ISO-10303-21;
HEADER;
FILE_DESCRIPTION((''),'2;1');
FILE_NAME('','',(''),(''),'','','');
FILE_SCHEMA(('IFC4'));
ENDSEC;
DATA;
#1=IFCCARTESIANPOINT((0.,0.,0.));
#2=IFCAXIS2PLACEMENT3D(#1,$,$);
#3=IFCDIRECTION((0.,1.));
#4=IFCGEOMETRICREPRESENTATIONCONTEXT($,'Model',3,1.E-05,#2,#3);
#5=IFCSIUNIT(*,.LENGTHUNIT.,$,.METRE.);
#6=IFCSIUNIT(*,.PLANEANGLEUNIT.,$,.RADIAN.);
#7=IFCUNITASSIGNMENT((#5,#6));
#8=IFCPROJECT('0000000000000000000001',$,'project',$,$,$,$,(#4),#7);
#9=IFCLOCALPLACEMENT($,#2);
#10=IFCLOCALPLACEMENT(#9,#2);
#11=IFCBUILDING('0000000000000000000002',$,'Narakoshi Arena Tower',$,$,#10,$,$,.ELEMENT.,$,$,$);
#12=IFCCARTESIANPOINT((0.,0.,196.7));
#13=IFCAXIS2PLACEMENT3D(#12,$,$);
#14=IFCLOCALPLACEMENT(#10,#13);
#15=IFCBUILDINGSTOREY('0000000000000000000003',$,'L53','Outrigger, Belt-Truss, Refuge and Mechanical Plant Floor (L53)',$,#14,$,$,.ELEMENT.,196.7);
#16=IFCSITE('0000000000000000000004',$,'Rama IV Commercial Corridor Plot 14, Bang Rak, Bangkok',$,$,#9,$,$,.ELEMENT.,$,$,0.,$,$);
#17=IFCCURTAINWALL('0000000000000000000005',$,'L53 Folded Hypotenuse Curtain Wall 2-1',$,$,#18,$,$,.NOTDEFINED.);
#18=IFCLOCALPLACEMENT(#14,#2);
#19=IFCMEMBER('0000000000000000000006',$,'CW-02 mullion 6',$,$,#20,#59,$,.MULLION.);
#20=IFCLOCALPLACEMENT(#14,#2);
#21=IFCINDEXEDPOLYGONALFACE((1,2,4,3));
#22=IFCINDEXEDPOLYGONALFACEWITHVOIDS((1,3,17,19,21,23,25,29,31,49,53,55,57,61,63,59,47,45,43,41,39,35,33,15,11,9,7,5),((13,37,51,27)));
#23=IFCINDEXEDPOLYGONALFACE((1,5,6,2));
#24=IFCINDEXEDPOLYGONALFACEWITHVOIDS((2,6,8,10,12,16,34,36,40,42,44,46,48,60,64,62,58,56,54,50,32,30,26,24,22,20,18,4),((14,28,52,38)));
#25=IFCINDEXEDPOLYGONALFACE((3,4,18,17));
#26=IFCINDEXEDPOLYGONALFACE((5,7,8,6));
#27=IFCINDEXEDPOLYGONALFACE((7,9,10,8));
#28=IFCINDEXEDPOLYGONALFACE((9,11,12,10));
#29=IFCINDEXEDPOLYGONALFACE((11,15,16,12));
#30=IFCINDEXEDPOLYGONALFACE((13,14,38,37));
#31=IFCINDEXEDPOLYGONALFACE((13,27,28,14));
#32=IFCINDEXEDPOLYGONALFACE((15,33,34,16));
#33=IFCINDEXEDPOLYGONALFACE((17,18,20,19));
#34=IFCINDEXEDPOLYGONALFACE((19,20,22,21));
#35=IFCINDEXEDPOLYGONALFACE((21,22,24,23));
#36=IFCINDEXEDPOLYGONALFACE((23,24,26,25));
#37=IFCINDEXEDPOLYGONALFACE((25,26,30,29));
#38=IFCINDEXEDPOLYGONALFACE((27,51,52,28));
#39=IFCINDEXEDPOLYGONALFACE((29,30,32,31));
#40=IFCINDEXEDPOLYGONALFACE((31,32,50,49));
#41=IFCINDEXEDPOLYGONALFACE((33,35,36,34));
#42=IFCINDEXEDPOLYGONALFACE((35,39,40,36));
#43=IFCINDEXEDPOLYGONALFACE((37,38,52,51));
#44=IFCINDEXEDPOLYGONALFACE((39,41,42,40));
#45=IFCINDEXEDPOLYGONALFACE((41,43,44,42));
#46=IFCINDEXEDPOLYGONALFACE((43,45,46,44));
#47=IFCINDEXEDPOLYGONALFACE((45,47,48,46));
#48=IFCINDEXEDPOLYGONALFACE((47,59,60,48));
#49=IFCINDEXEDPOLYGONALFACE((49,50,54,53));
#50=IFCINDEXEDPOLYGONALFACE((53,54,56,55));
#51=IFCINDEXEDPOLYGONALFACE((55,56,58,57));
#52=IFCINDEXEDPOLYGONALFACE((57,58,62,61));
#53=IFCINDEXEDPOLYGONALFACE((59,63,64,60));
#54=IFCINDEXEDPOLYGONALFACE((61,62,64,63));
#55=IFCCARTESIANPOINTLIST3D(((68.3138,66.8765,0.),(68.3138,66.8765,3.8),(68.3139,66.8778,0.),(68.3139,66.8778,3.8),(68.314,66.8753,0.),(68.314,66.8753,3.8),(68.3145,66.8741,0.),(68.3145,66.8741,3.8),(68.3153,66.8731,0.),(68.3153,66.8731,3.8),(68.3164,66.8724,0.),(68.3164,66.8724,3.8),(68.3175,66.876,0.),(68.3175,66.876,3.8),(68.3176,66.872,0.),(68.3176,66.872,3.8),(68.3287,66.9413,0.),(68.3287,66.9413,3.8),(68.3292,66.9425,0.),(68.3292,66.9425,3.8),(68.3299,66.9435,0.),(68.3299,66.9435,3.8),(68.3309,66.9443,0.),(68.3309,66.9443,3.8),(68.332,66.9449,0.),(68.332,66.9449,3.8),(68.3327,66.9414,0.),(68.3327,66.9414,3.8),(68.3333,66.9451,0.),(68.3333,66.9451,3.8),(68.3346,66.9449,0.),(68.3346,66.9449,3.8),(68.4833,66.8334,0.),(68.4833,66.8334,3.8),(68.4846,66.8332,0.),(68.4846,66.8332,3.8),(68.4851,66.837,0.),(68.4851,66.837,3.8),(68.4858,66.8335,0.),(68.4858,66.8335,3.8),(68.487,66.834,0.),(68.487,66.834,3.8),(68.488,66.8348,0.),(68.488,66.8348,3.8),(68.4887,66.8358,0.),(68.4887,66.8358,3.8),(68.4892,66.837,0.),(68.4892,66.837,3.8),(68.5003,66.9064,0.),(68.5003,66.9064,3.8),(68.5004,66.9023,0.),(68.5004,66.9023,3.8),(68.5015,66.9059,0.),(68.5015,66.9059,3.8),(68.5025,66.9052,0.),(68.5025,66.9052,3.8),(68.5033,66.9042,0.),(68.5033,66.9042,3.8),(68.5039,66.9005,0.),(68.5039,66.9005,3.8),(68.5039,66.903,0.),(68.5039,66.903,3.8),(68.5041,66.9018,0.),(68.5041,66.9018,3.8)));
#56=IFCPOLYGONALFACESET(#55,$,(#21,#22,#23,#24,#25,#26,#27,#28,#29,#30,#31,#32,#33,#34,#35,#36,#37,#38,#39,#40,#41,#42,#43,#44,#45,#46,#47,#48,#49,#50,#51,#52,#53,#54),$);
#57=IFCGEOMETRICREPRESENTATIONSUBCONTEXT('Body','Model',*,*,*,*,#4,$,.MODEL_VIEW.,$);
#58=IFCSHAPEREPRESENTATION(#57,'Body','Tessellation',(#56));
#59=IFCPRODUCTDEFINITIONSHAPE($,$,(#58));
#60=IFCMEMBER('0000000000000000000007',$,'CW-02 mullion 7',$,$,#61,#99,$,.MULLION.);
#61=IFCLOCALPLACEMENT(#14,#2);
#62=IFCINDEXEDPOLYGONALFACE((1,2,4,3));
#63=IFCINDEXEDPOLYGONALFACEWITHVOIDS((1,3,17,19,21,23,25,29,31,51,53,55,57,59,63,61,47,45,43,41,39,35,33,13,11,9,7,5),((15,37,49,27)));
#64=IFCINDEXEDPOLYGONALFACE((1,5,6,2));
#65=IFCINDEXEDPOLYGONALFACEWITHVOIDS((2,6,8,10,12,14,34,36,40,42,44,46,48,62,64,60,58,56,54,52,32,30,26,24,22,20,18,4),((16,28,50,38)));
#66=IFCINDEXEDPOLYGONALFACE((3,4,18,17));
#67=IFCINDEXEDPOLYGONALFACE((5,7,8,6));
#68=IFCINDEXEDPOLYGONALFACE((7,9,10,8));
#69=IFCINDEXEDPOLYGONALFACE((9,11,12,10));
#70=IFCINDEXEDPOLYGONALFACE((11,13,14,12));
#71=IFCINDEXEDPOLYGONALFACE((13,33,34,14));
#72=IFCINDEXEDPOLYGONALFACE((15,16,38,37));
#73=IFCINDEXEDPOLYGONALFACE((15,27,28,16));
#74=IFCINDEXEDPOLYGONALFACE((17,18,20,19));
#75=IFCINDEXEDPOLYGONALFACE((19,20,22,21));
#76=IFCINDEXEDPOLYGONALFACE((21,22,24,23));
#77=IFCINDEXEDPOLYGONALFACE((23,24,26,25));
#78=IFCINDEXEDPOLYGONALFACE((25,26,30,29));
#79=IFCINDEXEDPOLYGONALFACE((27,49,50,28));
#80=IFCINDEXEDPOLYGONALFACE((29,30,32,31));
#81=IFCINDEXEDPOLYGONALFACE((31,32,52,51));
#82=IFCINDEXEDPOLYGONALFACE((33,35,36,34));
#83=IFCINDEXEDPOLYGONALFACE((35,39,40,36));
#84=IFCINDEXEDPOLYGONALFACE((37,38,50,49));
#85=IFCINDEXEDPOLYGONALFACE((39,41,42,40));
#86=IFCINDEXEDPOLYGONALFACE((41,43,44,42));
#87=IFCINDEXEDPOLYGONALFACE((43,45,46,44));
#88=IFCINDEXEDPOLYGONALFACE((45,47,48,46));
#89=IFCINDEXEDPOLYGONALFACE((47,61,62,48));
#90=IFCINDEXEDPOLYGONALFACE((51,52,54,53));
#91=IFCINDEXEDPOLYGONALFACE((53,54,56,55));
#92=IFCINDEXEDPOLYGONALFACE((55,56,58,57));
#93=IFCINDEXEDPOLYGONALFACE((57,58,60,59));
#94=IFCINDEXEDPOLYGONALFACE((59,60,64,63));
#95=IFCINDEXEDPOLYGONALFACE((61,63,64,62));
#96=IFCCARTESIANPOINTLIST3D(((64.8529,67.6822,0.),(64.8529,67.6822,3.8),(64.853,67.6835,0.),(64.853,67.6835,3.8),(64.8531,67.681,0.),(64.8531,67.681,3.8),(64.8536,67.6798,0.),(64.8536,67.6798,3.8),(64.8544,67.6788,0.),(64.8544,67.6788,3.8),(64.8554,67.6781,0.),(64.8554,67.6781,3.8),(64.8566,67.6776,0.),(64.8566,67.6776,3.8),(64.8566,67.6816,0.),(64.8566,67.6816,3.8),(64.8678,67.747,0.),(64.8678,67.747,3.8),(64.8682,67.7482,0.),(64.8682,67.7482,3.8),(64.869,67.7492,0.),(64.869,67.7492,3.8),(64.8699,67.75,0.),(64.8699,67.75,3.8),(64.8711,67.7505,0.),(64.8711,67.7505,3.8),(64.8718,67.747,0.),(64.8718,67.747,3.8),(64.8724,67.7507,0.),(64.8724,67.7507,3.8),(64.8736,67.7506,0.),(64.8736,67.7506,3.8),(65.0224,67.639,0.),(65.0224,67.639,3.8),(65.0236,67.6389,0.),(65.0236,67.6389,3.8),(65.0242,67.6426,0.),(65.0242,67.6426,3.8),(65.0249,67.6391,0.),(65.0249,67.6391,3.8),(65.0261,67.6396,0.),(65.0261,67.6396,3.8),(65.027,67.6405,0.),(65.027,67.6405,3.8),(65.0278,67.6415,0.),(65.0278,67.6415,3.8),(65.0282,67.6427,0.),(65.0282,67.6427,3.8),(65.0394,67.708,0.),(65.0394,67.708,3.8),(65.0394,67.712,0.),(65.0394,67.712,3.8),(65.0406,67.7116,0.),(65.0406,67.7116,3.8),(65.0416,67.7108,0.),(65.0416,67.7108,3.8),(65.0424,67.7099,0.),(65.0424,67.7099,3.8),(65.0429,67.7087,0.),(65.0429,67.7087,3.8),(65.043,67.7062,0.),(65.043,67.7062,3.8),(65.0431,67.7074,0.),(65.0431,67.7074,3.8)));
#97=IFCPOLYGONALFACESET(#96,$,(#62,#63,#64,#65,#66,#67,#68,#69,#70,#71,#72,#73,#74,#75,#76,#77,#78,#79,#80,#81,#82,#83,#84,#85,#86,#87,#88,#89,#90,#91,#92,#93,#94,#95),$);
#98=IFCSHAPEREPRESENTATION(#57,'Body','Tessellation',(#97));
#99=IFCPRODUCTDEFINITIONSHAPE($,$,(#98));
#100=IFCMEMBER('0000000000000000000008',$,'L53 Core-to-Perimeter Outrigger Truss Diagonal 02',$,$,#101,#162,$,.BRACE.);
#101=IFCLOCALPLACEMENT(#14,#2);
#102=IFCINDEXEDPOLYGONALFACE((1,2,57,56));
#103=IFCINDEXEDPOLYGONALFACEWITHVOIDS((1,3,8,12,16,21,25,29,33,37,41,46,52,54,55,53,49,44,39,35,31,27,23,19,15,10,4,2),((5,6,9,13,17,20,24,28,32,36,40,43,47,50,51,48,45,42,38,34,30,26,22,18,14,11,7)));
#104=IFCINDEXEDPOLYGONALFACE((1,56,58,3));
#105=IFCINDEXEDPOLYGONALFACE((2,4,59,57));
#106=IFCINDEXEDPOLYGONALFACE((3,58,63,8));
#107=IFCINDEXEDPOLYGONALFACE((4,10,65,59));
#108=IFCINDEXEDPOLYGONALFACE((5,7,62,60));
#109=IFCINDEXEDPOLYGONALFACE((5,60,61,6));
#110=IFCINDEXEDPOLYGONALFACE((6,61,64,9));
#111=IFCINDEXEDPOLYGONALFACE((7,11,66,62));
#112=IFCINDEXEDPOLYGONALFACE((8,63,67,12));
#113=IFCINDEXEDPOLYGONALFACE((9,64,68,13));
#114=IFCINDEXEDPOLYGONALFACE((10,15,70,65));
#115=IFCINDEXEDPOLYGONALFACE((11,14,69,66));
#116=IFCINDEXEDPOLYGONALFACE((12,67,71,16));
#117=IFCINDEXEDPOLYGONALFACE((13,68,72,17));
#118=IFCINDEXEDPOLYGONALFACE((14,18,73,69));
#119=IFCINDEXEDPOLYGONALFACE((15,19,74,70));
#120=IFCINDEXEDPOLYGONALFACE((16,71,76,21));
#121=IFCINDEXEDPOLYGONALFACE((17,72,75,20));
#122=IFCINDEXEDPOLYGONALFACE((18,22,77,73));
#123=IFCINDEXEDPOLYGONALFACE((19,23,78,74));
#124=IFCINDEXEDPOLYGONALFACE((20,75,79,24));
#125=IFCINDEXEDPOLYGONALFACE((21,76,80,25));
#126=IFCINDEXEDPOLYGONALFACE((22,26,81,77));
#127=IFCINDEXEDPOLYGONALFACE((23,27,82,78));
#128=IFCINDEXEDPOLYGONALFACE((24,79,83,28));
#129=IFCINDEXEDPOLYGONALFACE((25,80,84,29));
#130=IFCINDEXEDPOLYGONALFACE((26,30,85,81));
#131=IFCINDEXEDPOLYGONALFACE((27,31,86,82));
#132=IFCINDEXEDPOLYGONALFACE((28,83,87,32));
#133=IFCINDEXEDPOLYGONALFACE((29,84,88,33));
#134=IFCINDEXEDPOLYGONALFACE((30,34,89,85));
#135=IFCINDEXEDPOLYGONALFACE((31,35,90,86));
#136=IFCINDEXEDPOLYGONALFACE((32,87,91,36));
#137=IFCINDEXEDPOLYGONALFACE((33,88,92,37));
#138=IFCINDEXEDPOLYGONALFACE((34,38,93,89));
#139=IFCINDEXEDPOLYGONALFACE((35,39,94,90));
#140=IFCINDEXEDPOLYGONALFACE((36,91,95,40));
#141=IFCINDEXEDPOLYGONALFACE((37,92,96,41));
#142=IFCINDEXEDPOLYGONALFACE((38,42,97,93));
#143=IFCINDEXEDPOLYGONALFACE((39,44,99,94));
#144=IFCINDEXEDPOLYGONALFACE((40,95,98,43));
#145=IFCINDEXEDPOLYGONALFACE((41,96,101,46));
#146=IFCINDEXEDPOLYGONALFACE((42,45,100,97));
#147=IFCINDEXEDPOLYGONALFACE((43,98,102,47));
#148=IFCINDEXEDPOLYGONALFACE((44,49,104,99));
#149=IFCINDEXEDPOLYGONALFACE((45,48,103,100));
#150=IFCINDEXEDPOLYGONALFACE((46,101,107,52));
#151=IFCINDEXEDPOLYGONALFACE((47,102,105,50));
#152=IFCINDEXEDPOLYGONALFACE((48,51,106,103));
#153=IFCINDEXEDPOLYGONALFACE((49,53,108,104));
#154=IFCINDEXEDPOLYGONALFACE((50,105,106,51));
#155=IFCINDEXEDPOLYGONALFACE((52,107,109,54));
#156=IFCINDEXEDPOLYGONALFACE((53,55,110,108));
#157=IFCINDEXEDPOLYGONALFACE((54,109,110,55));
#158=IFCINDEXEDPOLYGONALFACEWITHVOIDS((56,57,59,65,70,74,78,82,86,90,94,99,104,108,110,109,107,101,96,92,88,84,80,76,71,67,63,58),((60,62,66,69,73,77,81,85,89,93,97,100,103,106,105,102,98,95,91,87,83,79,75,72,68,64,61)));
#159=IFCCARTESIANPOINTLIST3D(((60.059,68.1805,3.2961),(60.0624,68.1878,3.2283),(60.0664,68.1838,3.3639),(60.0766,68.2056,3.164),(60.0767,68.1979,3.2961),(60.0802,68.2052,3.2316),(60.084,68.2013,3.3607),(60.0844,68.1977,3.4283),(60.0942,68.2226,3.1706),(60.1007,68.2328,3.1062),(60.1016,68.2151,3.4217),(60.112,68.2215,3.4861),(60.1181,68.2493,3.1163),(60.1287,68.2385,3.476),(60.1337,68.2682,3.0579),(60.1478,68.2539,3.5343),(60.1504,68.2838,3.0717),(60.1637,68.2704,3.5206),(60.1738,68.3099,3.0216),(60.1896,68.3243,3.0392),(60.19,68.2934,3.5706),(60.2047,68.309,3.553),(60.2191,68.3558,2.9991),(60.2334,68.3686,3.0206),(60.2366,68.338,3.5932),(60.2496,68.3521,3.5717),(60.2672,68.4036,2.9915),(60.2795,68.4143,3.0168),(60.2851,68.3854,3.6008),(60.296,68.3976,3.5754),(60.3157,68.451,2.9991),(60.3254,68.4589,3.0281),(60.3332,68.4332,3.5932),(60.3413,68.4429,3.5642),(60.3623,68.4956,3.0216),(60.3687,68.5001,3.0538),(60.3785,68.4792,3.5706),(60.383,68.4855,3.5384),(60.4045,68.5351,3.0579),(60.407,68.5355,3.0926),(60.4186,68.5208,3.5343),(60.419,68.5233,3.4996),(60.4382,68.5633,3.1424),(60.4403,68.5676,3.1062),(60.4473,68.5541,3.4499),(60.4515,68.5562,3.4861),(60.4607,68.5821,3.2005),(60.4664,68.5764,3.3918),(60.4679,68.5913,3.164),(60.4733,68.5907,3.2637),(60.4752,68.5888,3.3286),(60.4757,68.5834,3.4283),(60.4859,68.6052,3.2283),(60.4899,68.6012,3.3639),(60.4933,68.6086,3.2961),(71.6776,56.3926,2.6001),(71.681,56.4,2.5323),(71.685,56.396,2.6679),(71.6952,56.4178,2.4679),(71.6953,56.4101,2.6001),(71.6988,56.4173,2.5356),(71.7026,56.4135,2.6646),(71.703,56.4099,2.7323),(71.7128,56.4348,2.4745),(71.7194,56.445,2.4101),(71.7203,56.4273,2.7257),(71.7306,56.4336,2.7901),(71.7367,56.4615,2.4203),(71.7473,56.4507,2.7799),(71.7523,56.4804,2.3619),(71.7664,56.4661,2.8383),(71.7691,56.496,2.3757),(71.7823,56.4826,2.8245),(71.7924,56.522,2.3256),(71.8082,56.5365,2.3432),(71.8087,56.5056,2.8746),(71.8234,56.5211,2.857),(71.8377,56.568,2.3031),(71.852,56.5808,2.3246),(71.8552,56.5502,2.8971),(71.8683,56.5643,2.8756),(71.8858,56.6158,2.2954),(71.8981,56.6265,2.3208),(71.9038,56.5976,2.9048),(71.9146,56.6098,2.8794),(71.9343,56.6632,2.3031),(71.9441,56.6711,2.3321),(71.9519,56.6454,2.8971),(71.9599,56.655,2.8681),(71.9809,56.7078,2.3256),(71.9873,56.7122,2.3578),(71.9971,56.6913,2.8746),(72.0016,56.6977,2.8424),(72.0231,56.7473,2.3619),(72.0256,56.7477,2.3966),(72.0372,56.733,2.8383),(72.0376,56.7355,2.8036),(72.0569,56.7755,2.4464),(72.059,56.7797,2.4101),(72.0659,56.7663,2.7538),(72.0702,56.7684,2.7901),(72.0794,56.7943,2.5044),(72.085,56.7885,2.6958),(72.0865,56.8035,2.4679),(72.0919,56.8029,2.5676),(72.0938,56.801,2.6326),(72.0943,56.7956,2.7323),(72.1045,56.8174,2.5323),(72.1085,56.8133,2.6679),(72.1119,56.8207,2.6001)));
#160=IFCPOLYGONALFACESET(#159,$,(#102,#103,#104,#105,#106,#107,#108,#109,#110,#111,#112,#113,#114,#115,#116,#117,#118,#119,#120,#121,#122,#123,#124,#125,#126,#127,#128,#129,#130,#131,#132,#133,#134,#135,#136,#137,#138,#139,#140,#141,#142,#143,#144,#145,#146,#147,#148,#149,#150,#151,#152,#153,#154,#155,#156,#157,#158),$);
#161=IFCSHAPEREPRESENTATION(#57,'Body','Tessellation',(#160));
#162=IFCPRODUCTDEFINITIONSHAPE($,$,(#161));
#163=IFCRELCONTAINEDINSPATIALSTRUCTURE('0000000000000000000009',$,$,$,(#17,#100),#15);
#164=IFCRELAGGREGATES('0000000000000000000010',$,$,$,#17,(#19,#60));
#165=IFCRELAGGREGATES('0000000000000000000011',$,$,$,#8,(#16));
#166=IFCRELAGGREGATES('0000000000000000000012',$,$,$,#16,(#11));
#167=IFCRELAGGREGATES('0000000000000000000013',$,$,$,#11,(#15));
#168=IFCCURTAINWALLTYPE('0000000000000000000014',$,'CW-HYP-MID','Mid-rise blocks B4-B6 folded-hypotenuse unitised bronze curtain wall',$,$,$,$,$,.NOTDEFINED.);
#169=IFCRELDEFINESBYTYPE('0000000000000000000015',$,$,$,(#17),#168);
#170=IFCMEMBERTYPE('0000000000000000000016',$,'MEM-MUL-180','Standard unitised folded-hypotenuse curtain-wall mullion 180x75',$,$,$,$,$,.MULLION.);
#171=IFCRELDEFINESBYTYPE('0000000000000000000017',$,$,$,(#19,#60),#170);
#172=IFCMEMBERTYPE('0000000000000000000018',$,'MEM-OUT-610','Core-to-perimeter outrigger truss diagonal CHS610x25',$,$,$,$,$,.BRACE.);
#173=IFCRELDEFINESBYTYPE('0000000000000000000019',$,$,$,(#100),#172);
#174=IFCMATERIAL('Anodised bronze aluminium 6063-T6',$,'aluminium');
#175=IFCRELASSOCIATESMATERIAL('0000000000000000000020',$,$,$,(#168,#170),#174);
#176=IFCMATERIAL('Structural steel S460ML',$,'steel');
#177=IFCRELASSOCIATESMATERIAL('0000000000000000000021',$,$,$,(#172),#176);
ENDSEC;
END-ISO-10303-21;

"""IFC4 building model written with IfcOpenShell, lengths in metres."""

from ifc_helpers import new_model, si_unit, direction, frame, origin, origin_2d, place, context, subcontext, project, spatial, hollow_rectangle, hollow_circle, extrude, material, material_profile, profile_set, type_object, element, aggregate, save


model = new_model("IFC4")

# Units and contexts
model_context = context("Model", 3, precision=1e-05, world=origin(), true_north=direction((0.0, 1.0)))
body_context = subcontext(model_context, "Body", "Model", "MODEL_VIEW")
ifc_project = project(units=[si_unit("LENGTHUNIT", "METRE"), si_unit("PLANEANGLEUNIT", "RADIAN")], contexts=[model_context])

# Site, building, storey
site_placement = place(None, origin())
site = spatial("IfcSite", under=ifc_project, at=site_placement, Name="Rama IV Commercial Corridor Plot 14, Bang Rak, Bangkok", CompositionType="ELEMENT", RefElevation=0.0)
building_placement = place(site_placement, origin())
building = spatial("IfcBuilding", under=site, at=building_placement, Name="Narakoshi Arena Tower", CompositionType="ELEMENT")
storey_placement = place(building_placement, frame((0.0, 0.0, 196.7)))
storey = spatial("IfcBuildingStorey", under=building, at=storey_placement, Name="L53", Description="Outrigger, Belt-Truss, Refuge and Mechanical Plant Floor (L53)", CompositionType="ELEMENT", Elevation=196.7)

# Shared definitions
ifc_material_1 = material(Name="Structural steel S460ML", Category="steel")

# Curtain wall, members
ifc_material_2 = material(Name="Anodised bronze aluminium 6063-T6", Category="aluminium")
curtain_wall_type = type_object("IfcCurtainWallType", Name="CW-HYP-MID", Description="Mid-rise blocks B4-B6 folded-hypotenuse unitised bronze curtain wall", PredefinedType="NOTDEFINED", material=ifc_material_2)
curtain_wall_placement = place(storey_placement, origin())
curtain_wall = element("IfcCurtainWall", 1, at=curtain_wall_placement, inside=storey, type_object=curtain_wall_type, Name="L53 Folded Hypotenuse Curtain Wall 2-1", PredefinedType="NOTDEFINED")
ifc_material_profile_1 = material_profile(ifc_material_2, hollow_rectangle(XDim=0.075, YDim=0.1799, WallThickness=0.0039, OuterFilletRadius=0.0049, at=origin_2d()), Name="MUL180x75x4")
ifc_profile_set_1 = profile_set([ifc_material_profile_1], Name="Anodised bronze aluminium 6063-T6")
member_type_1 = type_object("IfcMemberType", Name="MEM-MUL-180", Description="Standard unitised folded-hypotenuse curtain-wall mullion 180x75", PredefinedType="MULLION", material=ifc_profile_set_1)
member_1_placement = place(storey_placement, frame((68.4089, 66.8892, 0.0), z_axis=(0.0, 0.0, 1.0), x_axis=(-0.226721, -0.97396, 0.0)))
member_1 = element("IfcMember", 2, at=member_1_placement, type_object=member_type_1, Name="CW-02 mullion 6", PredefinedType="MULLION", context=body_context, shape_type="SweptSolid", body=[
    extrude(hollow_rectangle(XDim=0.075, YDim=0.1799, WallThickness=0.0039, OuterFilletRadius=0.0049, at=origin_2d()), origin(), (0.0, 0.0, 1.0), 3.8),
])
member_2_placement = place(storey_placement, frame((64.948, 67.6948, 0.0), z_axis=(0.0, 0.0, 1.0), x_axis=(-0.226721, -0.97396, 0.0)))
member_2 = element("IfcMember", 3, at=member_2_placement, type_object=member_type_1, Name="CW-02 mullion 7", PredefinedType="MULLION", context=body_context, shape_type="SweptSolid", body=[
    extrude(hollow_rectangle(XDim=0.075, YDim=0.1799, WallThickness=0.0039, OuterFilletRadius=0.0049, at=origin_2d()), origin(), (0.0, 0.0, 1.0), 3.8),
])

# Member
ifc_material_profile_2 = material_profile(ifc_material_1, hollow_circle(Radius=0.3049, WallThickness=0.0249, at=origin_2d()), Name="CHS610x25")
ifc_profile_set_2 = profile_set([ifc_material_profile_2], Name="Structural steel S460ML")
member_type_2 = type_object("IfcMemberType", Name="MEM-OUT-610", Description="Core-to-perimeter outrigger truss diagonal CHS610x25", PredefinedType="BRACE", material=ifc_profile_set_2)
member_3_placement = place(storey_placement, frame((71.8948, 56.6067, 2.6001), z_axis=(-0.701357, 0.71157, 0.042017), x_axis=(-0.712199, -0.701977, 0.0)))
element("IfcMember", 4, at=member_3_placement, inside=storey, type_object=member_type_2, Name="L53 Core-to-Perimeter Outrigger Truss Diagonal 02", PredefinedType="BRACE", context=body_context, shape_type="SweptSolid", body=[
    extrude(hollow_circle(Radius=0.3049, WallThickness=0.0249, at=origin_2d()), origin(), (0.0, 0.0, 1.0), 16.5659),
])

aggregate(curtain_wall, [member_1, member_2])

save(model, "model.ifc")
